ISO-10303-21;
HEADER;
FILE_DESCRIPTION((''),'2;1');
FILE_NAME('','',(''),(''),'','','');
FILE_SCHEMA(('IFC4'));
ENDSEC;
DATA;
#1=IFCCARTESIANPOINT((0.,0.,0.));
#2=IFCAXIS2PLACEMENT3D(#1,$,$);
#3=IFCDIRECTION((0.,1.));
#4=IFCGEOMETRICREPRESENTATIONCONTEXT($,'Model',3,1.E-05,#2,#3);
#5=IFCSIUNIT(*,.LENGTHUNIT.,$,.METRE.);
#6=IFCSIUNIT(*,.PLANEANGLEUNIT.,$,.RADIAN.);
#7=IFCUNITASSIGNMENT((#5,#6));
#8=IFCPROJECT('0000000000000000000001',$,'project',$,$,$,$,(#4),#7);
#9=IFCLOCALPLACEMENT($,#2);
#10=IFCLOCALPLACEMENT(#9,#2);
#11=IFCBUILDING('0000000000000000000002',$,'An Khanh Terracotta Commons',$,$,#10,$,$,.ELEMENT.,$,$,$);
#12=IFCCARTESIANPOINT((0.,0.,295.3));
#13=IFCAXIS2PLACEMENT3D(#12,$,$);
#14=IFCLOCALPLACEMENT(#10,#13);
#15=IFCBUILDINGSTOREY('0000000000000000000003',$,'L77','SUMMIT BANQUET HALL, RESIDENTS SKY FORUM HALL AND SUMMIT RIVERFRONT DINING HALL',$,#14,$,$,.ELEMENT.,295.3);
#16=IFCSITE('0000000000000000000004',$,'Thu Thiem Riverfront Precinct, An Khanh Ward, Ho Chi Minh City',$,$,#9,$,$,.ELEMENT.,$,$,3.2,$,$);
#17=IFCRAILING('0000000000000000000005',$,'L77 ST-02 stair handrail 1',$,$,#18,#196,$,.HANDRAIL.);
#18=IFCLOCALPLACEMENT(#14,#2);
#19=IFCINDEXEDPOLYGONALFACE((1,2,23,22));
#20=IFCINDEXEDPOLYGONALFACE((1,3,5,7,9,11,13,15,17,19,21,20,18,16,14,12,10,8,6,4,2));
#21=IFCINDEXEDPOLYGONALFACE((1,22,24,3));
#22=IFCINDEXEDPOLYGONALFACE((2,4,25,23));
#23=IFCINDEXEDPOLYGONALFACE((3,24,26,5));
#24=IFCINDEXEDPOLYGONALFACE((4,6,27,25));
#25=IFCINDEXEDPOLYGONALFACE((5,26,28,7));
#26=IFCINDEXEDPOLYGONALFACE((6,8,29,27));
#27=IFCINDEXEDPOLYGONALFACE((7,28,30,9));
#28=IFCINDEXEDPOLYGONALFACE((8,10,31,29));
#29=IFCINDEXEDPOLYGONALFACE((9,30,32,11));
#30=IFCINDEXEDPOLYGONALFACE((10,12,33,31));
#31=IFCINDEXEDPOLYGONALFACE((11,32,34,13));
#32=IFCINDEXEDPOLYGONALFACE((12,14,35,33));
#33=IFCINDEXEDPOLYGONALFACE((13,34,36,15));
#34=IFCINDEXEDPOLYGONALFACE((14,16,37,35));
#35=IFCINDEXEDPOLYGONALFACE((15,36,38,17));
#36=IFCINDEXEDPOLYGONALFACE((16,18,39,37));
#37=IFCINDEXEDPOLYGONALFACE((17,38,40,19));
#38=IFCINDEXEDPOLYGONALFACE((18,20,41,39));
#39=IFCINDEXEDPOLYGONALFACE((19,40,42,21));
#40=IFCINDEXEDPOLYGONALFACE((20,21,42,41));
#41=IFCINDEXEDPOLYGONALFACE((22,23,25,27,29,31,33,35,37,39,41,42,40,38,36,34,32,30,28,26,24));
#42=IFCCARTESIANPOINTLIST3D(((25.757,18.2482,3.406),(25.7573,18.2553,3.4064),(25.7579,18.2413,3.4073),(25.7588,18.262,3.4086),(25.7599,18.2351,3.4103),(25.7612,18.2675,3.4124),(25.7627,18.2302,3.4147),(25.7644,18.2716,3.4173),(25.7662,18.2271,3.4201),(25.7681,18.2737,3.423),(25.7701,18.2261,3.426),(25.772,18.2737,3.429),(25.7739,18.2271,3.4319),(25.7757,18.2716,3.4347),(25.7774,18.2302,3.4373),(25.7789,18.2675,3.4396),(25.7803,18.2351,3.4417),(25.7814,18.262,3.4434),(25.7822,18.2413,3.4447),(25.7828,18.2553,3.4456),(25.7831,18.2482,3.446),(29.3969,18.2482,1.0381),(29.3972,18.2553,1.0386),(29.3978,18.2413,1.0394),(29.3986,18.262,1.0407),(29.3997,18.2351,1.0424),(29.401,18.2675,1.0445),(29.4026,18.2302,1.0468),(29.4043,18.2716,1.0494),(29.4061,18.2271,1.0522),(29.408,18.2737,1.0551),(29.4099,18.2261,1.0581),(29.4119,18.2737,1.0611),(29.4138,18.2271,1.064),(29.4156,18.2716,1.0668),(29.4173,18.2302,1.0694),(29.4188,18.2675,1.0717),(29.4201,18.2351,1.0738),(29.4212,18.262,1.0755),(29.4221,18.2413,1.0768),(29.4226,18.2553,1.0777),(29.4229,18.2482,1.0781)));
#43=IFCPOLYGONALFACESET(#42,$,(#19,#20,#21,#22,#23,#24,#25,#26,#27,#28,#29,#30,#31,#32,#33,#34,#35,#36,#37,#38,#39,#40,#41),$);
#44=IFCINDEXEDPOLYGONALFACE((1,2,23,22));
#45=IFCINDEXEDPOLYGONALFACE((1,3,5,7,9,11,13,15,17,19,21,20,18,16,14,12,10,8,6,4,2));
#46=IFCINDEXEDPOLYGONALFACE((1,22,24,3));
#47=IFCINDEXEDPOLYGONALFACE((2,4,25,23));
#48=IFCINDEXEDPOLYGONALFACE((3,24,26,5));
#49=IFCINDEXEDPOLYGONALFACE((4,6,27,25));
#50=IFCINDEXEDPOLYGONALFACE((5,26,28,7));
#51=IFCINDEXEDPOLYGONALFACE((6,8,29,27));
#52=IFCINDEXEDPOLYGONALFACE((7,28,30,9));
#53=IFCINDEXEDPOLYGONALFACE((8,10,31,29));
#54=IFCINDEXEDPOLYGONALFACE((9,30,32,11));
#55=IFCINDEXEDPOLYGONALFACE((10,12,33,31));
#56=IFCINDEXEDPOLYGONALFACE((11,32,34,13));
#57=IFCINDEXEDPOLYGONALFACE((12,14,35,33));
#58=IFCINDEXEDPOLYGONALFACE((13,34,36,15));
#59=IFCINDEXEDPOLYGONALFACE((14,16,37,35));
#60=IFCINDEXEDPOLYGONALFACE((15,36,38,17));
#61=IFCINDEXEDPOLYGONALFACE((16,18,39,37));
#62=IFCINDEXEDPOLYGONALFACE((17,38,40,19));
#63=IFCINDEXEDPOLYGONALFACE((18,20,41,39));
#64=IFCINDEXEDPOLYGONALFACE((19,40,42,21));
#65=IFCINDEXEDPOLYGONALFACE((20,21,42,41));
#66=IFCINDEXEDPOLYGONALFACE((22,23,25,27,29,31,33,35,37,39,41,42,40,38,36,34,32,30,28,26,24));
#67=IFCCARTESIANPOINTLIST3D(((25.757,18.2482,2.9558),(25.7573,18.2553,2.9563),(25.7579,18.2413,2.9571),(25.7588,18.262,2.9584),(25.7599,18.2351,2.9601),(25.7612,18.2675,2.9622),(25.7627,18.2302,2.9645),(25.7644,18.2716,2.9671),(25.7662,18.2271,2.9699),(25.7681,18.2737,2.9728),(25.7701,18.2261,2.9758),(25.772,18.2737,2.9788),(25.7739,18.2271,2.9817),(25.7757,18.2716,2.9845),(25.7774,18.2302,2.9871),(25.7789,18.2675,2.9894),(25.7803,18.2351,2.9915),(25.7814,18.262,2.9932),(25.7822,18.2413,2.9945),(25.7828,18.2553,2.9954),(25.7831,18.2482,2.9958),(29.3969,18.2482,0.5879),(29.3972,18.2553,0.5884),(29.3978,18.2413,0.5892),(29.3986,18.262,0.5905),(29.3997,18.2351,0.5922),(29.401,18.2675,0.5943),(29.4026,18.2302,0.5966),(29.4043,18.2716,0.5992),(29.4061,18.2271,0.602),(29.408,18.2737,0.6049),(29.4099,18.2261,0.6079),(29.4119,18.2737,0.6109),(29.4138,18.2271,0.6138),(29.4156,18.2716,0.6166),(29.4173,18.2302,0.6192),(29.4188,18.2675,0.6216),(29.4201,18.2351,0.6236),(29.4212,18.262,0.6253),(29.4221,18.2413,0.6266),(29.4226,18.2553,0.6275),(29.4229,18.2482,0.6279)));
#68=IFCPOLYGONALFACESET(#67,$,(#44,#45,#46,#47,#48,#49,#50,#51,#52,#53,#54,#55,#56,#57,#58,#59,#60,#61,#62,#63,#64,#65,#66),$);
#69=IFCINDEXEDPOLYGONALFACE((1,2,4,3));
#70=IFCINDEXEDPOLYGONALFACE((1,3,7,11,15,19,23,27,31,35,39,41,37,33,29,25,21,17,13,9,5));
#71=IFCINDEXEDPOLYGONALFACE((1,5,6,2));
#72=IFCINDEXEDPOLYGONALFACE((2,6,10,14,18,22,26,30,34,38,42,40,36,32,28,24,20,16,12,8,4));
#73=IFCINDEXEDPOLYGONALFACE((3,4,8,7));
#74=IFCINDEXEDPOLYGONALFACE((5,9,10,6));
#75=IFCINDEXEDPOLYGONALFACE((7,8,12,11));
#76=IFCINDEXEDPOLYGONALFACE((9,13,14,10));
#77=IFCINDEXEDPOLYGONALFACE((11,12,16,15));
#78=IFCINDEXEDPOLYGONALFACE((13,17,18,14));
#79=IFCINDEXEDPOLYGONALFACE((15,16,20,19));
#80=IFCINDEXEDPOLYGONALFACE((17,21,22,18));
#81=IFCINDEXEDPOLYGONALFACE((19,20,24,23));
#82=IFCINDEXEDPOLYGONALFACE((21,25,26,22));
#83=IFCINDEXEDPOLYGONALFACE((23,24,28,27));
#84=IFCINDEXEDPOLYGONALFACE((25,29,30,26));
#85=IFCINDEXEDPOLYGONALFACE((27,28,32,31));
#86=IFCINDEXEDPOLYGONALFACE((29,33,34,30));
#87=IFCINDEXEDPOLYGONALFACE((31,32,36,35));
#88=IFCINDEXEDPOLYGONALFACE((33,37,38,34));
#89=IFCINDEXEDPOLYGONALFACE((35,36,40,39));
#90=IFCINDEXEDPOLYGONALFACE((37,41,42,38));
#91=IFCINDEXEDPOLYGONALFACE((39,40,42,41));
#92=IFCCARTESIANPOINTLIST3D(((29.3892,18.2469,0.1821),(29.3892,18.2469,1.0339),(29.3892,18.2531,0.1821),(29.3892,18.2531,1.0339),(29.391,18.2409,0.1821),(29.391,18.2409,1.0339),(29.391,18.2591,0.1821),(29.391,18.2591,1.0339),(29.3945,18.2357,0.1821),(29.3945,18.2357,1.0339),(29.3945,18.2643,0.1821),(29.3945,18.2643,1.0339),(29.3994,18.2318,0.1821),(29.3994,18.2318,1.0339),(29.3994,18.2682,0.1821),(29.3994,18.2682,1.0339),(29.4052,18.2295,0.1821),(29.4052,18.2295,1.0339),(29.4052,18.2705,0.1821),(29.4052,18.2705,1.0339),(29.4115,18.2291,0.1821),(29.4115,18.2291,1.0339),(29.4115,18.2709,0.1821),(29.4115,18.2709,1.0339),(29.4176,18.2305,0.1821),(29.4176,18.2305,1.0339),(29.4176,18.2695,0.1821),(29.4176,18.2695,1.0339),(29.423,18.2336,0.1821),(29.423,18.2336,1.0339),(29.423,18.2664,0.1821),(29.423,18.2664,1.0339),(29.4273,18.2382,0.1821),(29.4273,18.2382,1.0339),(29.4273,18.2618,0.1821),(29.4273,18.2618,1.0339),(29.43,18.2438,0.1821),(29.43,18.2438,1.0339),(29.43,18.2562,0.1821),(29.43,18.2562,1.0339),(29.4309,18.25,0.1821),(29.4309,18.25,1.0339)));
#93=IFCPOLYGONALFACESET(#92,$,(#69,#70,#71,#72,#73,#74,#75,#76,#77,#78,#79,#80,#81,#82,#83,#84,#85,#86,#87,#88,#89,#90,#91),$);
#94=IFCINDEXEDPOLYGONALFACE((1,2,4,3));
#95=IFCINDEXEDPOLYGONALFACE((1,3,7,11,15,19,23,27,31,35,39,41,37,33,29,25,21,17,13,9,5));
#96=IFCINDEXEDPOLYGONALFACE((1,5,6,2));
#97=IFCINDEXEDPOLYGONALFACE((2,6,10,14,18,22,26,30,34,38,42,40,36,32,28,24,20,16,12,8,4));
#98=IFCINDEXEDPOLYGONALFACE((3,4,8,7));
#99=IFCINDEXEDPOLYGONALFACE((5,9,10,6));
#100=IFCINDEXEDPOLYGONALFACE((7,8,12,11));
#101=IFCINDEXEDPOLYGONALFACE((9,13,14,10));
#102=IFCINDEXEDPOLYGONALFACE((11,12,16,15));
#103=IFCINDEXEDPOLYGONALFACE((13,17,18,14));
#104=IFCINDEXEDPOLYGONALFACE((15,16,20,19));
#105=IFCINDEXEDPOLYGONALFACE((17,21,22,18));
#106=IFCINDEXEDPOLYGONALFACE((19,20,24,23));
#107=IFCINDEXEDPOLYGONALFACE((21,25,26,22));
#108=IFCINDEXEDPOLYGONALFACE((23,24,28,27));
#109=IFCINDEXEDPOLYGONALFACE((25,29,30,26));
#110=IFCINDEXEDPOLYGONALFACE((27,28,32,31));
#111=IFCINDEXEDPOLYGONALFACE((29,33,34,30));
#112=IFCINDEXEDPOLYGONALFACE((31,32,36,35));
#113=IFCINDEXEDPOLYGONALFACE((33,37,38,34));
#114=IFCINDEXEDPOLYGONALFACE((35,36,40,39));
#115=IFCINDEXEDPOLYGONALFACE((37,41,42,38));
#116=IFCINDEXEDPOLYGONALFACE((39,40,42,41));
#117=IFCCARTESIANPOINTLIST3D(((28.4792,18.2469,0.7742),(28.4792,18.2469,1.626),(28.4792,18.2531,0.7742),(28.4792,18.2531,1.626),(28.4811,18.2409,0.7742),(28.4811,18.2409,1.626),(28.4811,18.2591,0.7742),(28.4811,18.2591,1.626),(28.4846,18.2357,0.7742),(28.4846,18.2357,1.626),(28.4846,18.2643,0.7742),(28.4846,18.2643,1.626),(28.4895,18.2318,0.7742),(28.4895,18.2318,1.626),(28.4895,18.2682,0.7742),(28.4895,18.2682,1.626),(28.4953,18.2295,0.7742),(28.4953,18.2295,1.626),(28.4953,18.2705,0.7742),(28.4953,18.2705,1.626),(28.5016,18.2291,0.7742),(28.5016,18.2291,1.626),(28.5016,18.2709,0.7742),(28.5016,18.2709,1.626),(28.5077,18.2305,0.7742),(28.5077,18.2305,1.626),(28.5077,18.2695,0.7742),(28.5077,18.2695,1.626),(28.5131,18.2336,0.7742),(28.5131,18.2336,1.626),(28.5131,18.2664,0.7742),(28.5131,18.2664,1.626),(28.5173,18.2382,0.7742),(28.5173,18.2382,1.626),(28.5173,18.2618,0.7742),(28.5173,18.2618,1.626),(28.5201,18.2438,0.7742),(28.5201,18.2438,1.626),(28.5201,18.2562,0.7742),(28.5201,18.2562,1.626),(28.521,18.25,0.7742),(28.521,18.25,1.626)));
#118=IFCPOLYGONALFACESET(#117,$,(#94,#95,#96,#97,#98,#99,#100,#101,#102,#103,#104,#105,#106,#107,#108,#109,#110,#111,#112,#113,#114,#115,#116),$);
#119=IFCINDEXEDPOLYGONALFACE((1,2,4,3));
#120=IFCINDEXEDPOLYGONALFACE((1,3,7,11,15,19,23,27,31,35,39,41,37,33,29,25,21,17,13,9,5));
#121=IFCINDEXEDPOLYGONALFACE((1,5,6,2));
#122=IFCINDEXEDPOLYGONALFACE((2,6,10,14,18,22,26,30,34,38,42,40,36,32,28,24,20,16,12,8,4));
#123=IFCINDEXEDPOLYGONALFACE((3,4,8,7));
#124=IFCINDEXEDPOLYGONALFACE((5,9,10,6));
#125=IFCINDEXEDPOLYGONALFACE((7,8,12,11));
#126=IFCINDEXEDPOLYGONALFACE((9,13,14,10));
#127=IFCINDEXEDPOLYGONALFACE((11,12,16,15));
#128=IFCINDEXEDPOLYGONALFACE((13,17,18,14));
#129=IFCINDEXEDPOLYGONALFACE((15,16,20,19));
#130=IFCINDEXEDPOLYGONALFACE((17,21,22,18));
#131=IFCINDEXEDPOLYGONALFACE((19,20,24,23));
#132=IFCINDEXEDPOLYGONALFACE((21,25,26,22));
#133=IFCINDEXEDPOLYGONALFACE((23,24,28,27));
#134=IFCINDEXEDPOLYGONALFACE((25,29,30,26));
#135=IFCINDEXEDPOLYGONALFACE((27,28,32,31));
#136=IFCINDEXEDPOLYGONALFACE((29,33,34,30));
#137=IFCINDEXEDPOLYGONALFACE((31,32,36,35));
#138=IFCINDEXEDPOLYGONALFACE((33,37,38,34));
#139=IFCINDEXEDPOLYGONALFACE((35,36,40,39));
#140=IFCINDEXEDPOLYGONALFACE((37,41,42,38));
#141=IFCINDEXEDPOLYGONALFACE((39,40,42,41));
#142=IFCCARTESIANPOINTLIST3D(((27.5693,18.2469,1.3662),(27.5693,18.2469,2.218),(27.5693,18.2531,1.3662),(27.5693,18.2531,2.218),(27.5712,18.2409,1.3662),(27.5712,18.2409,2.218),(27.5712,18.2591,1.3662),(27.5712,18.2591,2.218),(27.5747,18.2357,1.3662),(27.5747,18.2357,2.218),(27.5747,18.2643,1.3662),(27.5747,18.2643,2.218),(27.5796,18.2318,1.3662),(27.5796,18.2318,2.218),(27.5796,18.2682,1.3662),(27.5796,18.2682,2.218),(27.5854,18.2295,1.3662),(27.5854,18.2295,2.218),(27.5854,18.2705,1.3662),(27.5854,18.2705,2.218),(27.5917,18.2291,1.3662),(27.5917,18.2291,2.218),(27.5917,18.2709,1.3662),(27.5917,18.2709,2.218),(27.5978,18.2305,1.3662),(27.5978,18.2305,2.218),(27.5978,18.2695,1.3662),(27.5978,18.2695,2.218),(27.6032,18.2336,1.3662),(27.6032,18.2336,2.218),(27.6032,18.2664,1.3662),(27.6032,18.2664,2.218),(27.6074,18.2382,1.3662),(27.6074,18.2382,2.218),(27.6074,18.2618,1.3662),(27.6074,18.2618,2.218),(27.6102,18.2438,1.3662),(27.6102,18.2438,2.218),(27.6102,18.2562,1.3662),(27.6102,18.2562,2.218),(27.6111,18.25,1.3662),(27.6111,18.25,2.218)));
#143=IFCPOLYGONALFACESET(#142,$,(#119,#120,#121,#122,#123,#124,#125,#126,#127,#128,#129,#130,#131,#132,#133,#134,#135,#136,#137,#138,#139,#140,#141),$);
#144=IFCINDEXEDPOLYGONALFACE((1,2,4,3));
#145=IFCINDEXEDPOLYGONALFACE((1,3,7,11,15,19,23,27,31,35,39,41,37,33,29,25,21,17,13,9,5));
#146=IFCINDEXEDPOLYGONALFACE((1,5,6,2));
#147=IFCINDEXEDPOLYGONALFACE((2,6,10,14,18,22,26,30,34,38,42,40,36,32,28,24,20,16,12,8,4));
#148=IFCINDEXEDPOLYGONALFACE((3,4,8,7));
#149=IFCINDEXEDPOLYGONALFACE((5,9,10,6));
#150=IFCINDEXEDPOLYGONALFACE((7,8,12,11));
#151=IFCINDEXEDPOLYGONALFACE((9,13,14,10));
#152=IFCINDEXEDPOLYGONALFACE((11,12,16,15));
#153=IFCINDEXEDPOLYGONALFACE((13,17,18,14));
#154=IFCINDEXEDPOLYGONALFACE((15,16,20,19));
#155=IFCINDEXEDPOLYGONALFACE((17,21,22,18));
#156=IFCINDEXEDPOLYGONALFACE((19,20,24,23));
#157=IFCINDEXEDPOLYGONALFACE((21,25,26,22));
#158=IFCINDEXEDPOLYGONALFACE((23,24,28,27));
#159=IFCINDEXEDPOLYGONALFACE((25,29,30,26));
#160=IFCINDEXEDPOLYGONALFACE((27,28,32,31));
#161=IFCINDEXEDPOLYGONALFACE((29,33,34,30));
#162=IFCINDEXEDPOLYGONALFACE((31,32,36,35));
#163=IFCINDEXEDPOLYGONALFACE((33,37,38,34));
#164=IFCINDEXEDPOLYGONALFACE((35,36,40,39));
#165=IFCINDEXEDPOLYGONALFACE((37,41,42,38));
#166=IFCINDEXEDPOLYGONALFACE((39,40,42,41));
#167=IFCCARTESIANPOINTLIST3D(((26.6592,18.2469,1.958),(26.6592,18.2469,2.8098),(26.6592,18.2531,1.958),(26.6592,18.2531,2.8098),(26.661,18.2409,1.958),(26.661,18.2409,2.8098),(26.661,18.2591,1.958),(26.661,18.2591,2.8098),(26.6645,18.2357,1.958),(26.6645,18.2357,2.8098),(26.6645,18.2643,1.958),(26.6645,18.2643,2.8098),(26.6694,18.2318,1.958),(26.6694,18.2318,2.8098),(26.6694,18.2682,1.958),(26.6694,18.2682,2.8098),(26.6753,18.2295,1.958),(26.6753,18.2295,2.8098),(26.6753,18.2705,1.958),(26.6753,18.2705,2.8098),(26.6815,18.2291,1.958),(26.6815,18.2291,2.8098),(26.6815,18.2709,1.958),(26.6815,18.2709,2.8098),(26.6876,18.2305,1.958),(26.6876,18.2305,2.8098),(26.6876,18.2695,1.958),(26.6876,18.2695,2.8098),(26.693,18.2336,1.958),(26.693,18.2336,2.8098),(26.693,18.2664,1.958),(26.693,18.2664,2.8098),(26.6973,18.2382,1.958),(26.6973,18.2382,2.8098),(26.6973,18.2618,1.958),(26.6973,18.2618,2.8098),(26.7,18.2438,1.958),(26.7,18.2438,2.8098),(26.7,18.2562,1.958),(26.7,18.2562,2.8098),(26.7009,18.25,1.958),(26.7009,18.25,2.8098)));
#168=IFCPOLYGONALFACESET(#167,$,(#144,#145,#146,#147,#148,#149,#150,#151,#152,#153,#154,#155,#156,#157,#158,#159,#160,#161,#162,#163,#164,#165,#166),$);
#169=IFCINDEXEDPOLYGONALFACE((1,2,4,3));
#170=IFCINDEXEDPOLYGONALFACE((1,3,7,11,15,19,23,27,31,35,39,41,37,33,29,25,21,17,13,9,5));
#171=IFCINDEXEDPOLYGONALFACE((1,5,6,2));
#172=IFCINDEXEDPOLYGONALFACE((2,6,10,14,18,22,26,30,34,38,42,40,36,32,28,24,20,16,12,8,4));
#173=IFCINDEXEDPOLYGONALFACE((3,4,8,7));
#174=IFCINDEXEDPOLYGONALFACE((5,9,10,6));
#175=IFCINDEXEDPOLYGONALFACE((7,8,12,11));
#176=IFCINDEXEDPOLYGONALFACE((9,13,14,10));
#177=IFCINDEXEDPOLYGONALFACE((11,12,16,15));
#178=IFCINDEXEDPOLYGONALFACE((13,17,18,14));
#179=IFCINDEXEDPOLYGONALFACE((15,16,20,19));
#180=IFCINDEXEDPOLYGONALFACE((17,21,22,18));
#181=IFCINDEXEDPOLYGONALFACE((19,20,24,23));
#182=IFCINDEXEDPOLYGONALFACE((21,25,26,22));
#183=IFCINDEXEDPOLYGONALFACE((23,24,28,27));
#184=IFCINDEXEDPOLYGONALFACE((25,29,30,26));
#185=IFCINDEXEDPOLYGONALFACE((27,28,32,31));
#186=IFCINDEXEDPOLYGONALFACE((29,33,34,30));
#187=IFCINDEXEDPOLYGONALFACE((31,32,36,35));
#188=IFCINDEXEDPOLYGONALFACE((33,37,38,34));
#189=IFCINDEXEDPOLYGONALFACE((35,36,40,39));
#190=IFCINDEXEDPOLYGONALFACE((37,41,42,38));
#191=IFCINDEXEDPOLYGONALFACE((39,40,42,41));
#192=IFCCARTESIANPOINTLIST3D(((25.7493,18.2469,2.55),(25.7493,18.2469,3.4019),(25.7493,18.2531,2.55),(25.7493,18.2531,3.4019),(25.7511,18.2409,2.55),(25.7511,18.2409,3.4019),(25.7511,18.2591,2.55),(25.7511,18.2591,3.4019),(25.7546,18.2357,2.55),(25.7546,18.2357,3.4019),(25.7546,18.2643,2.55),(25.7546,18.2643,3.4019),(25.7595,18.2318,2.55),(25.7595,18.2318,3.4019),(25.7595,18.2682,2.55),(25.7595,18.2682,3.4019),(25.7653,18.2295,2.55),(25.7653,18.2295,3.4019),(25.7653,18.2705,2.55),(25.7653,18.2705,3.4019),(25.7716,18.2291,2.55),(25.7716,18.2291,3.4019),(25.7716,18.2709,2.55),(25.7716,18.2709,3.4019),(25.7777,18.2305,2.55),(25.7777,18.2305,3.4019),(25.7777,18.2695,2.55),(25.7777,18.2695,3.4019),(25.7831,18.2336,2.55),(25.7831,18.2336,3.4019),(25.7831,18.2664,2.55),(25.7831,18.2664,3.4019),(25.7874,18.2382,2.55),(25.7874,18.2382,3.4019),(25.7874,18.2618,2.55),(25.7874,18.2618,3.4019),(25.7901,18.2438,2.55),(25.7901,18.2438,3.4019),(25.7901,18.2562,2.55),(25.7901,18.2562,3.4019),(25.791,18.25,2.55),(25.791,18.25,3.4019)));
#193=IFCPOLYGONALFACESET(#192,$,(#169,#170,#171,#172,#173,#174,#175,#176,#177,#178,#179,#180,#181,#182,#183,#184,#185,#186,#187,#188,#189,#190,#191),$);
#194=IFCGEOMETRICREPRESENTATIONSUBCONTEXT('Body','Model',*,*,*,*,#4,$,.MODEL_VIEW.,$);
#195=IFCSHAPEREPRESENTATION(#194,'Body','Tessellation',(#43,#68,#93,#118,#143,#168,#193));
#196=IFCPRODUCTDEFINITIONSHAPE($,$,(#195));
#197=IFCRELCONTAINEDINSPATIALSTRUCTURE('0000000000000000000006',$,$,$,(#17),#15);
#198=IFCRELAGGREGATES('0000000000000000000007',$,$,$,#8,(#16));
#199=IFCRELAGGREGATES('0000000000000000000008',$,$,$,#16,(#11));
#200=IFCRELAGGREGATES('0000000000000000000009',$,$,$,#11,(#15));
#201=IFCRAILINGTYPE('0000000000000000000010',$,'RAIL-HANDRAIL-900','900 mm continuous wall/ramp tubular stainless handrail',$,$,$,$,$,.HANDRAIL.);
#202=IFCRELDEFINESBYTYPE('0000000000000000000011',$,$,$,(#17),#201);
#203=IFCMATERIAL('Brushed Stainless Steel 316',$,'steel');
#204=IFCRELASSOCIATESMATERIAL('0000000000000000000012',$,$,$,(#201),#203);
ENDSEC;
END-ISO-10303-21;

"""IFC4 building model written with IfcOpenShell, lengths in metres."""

from ifc_helpers import new_model, si_unit, direction, frame, origin, origin_2d, place, context, subcontext, project, spatial, circle, extrude, material, type_object, element, save


model = new_model("IFC4")

# Units and contexts
model_context = context("Model", 3, precision=1e-05, world=origin(), true_north=direction((0.0, 1.0)))
body_context = subcontext(model_context, "Body", "Model", "MODEL_VIEW")
ifc_project = project(units=[si_unit("LENGTHUNIT", "METRE"), si_unit("PLANEANGLEUNIT", "RADIAN")], contexts=[model_context])

# Site, building, storey
site_placement = place(None, origin())
site = spatial("IfcSite", under=ifc_project, at=site_placement, Name="Thu Thiem Riverfront Precinct, An Khanh Ward, Ho Chi Minh City", CompositionType="ELEMENT", RefElevation=3.2)
building_placement = place(site_placement, origin())
building = spatial("IfcBuilding", under=site, at=building_placement, Name="An Khanh Terracotta Commons", CompositionType="ELEMENT")
storey_placement = place(building_placement, frame((0.0, 0.0, 295.3)))
storey = spatial("IfcBuildingStorey", under=building, at=storey_placement, Name="L77", Description="SUMMIT BANQUET HALL, RESIDENTS SKY FORUM HALL AND SUMMIT RIVERFRONT DINING HALL", CompositionType="ELEMENT", Elevation=295.3)

# Railing
ifc_material_1 = material(Name="Brushed Stainless Steel 316", Category="steel")
railing_type_1 = type_object("IfcRailingType", Name="RAIL-HANDRAIL-900", Description="900 mm continuous wall/ramp tubular stainless handrail", PredefinedType="HANDRAIL", material=ifc_material_1)
railing_1_placement = place(storey_placement, frame((29.4099, 18.25, 0.1821)))
element("IfcRailing", 1, at=railing_1_placement, inside=storey, type_object=railing_type_1, Name="L77 ST-02 stair handrail 1", PredefinedType="HANDRAIL", context=body_context, shape_type="SweptSolid", body=[
    extrude(circle(Radius=0.0239, at=origin_2d()), frame((0.0, 0.0, 0.876), z_axis=(-0.838234, 0.0, 0.54531), x_axis=(0.0, -1.0, 0.0)), (0.0, 0.0, 1.0), 4.3423),
    extrude(circle(Radius=0.0239, at=origin_2d()), frame((0.0, 0.0, 0.4258), z_axis=(-0.838234, 0.0, 0.54531), x_axis=(0.0, -1.0, 0.0)), (0.0, 0.0, 1.0), 4.3423),
    extrude(circle(Radius=0.021, at=origin_2d()), origin(), (0.0, 0.0, 1.0), 0.8518),
    extrude(circle(Radius=0.021, at=origin_2d()), frame((-0.9099, 0.0, 0.592)), (0.0, 0.0, 1.0), 0.8518),
    extrude(circle(Radius=0.021, at=origin_2d()), frame((-1.8198, 0.0, 1.1841)), (0.0, 0.0, 1.0), 0.8518),
    extrude(circle(Radius=0.021, at=origin_2d()), frame((-2.73, 0.0, 1.7759)), (0.0, 0.0, 1.0), 0.8518),
    extrude(circle(Radius=0.021, at=origin_2d()), frame((-3.6399, 0.0, 2.3679)), (0.0, 0.0, 1.0), 0.8518),
])

save(model, "model.ifc")
